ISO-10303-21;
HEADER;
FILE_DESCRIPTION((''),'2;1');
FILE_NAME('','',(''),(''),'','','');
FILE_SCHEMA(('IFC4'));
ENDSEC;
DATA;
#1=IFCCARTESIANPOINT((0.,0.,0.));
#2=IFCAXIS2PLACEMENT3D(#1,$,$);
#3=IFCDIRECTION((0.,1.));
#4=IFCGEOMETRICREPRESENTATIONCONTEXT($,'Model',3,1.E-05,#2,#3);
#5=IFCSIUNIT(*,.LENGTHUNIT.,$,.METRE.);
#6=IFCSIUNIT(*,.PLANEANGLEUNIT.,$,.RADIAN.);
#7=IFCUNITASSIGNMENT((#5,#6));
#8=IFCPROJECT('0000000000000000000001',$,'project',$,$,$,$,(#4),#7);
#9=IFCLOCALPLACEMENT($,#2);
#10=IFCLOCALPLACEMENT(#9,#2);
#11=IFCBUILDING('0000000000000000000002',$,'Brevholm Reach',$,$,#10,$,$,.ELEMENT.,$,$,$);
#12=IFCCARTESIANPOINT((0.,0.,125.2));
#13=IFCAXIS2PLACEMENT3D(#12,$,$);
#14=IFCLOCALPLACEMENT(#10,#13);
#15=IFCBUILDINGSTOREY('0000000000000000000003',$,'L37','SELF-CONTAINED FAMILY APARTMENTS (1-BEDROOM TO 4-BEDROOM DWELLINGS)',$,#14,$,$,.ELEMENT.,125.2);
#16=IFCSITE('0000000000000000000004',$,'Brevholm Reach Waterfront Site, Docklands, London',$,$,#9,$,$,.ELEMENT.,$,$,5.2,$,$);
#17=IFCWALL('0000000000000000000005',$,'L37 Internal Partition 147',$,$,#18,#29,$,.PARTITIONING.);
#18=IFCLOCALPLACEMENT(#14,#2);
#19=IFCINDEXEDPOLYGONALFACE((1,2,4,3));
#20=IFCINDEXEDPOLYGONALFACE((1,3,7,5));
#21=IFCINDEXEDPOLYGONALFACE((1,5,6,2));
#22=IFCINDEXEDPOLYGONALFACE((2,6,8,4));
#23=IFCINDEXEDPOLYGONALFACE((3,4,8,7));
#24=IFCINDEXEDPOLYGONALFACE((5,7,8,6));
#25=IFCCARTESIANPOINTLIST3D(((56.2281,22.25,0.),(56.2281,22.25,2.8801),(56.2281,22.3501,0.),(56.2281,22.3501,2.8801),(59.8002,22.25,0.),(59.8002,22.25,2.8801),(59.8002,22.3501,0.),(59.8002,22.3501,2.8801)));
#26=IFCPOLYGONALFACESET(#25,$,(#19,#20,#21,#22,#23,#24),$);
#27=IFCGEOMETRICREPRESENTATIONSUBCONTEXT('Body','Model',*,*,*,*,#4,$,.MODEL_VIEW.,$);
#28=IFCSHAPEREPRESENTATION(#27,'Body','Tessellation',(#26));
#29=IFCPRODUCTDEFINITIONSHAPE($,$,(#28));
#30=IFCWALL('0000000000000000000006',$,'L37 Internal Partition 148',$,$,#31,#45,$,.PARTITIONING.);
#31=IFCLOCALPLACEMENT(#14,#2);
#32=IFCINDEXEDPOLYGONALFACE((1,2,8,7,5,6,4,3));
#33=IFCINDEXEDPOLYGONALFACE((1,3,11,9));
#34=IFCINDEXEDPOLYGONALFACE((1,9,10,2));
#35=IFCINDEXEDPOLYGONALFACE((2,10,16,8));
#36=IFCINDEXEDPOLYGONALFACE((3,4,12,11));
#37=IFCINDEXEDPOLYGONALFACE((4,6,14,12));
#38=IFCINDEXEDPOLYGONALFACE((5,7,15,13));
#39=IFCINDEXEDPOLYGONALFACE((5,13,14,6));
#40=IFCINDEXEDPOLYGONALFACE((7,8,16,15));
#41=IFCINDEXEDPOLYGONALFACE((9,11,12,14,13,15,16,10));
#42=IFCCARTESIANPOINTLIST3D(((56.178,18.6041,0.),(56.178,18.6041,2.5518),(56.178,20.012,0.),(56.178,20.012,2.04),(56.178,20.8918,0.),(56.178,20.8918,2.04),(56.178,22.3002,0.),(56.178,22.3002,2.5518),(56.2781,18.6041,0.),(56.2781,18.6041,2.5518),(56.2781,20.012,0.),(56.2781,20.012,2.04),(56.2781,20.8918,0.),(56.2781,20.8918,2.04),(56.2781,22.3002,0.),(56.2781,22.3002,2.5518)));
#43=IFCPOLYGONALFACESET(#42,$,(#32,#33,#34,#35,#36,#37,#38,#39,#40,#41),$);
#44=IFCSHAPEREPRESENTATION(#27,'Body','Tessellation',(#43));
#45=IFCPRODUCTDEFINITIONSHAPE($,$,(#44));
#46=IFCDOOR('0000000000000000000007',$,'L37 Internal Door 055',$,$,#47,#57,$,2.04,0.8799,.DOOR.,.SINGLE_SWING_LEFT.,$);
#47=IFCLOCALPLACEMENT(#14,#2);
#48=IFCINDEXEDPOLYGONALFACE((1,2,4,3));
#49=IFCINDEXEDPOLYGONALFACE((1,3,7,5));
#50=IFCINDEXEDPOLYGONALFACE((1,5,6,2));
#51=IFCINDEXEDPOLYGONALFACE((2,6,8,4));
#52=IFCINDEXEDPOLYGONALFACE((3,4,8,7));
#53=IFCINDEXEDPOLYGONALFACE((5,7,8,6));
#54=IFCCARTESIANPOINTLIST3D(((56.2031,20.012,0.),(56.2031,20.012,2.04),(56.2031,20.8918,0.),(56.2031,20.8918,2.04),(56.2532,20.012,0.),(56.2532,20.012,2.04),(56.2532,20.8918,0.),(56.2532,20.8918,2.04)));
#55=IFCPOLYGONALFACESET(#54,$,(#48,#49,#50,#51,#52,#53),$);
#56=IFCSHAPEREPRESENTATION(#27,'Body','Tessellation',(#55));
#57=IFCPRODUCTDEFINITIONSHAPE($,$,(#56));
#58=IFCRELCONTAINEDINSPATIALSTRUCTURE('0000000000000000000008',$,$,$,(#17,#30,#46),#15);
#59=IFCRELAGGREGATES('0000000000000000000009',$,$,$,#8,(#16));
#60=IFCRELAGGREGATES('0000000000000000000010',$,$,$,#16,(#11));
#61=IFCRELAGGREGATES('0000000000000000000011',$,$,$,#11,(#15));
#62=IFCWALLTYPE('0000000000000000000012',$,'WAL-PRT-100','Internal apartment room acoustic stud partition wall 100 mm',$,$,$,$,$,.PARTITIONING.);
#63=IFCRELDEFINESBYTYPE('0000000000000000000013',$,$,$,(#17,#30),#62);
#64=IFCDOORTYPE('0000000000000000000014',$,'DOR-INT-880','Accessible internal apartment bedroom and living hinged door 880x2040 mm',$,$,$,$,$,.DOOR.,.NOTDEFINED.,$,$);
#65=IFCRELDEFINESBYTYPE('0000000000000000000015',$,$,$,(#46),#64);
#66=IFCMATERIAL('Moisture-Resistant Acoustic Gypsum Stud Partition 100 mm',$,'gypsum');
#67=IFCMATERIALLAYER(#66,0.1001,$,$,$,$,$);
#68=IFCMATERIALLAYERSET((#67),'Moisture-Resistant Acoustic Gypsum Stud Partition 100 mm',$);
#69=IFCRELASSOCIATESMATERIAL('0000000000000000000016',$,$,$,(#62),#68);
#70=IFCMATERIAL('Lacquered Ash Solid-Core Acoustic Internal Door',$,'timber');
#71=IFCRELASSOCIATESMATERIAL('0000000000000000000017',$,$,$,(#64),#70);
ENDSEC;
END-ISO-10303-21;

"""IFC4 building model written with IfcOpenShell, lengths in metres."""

from ifc_helpers import new_model, si_unit, direction, frame, frame_2d, origin, place, context, subcontext, project, spatial, rectangle, extrude, material, layer, layer_set, type_object, element, fill, save


model = new_model("IFC4")

# Units and contexts
model_context = context("Model", 3, precision=1e-05, world=origin(), true_north=direction((0.0, 1.0)))
body_context = subcontext(model_context, "Body", "Model", "MODEL_VIEW")
ifc_project = project(units=[si_unit("LENGTHUNIT", "METRE"), si_unit("PLANEANGLEUNIT", "RADIAN")], contexts=[model_context])

# Site, building, storey
site_placement = place(None, origin())
site = spatial("IfcSite", under=ifc_project, at=site_placement, Name="Brevholm Reach Waterfront Site, Docklands, London", CompositionType="ELEMENT", RefElevation=5.2)
building_placement = place(site_placement, origin())
building = spatial("IfcBuilding", under=site, at=building_placement, Name="Brevholm Reach", CompositionType="ELEMENT")
storey_placement = place(building_placement, frame((0.0, 0.0, 125.2)))
storey = spatial("IfcBuildingStorey", under=building, at=storey_placement, Name="L37", Description="SELF-CONTAINED FAMILY APARTMENTS (1-BEDROOM TO 4-BEDROOM DWELLINGS)", CompositionType="ELEMENT", Elevation=125.2)

# Wall
ifc_material_1 = material(Name="Moisture-Resistant Acoustic Gypsum Stud Partition 100 mm", Category="gypsum")
ifc_layer_1 = layer(ifc_material_1, 0.1001)
ifc_layer_set_1 = layer_set([ifc_layer_1], Name="Moisture-Resistant Acoustic Gypsum Stud Partition 100 mm")
wall_type_1 = type_object("IfcWallType", Name="WAL-PRT-100", Description="Internal apartment room acoustic stud partition wall 100 mm", PredefinedType="PARTITIONING", material=ifc_layer_set_1)
wall_1_placement = place(storey_placement, frame((56.228, 22.3, 0.0), z_axis=(0.0, 0.0, 1.0), x_axis=(1.0, 0.0, 0.0)))
element("IfcWall", 1, at=wall_1_placement, inside=storey, type_object=wall_type_1, Name="L37 Internal Partition 147", PredefinedType="PARTITIONING", context=body_context, shape_type="SweptSolid", body=[
    extrude(rectangle(XDim=3.572, YDim=0.1001, at=frame_2d((1.7861, 0.0))), origin(), (0.0, 0.0, 1.0), 2.8801),
])

# Wall, opening, door
wall_2_placement = place(storey_placement, frame((56.228, 18.604, 0.0), z_axis=(0.0, 0.0, 1.0), x_axis=(0.0, 1.0, 0.0)))
wall_2 = element("IfcWall", 2, at=wall_2_placement, inside=storey, type_object=wall_type_1, Name="L37 Internal Partition 148", PredefinedType="PARTITIONING", context=body_context, shape_type="SweptSolid", body=[
    extrude(rectangle(XDim=3.696, YDim=0.1001, at=frame_2d((1.8481, 0.0))), origin(), (0.0, 0.0, 1.0), 2.5518),
])
opening_1_placement = place(wall_2_placement, frame((1.408, 0.0, 0.0)))
opening_1 = element("IfcOpeningElement", 3, at=opening_1_placement, cuts=wall_2, PredefinedType="OPENING", context=body_context, shape_type="SweptSolid", body=[
    extrude(rectangle(XDim=0.8799, YDim=2.04, at=frame_2d((0.4399, 1.02))), frame((0.0, 0.0601, 0.0), z_axis=(0.0, -1.0, 0.0), x_axis=(1.0, 0.0, 0.0)), (0.0, 0.0, 1.0), 0.1201),
])
ifc_material_2 = material(Name="Lacquered Ash Solid-Core Acoustic Internal Door", Category="timber")
door_type = type_object("IfcDoorType", Name="DOR-INT-880", Description="Accessible internal apartment bedroom and living hinged door 880x2040 mm", OperationType="NOTDEFINED", PredefinedType="DOOR", material=ifc_material_2)
door_placement = place(opening_1_placement, origin())
door = element("IfcDoor", 4, at=door_placement, inside=storey, type_object=door_type, Name="L37 Internal Door 055", OperationType="SINGLE_SWING_LEFT", OverallHeight=2.04, OverallWidth=0.8799, PredefinedType="DOOR", context=body_context, shape_type="SweptSolid", body=[
    extrude(rectangle(XDim=0.8799, YDim=2.04, at=frame_2d((0.4399, 1.02))), frame((0.0, 0.0249, 0.0), z_axis=(0.0, -1.0, 0.0), x_axis=(1.0, 0.0, 0.0)), (0.0, 0.0, 1.0), 0.05),
])
fill(opening_1, door)

save(model, "model.ifc")
